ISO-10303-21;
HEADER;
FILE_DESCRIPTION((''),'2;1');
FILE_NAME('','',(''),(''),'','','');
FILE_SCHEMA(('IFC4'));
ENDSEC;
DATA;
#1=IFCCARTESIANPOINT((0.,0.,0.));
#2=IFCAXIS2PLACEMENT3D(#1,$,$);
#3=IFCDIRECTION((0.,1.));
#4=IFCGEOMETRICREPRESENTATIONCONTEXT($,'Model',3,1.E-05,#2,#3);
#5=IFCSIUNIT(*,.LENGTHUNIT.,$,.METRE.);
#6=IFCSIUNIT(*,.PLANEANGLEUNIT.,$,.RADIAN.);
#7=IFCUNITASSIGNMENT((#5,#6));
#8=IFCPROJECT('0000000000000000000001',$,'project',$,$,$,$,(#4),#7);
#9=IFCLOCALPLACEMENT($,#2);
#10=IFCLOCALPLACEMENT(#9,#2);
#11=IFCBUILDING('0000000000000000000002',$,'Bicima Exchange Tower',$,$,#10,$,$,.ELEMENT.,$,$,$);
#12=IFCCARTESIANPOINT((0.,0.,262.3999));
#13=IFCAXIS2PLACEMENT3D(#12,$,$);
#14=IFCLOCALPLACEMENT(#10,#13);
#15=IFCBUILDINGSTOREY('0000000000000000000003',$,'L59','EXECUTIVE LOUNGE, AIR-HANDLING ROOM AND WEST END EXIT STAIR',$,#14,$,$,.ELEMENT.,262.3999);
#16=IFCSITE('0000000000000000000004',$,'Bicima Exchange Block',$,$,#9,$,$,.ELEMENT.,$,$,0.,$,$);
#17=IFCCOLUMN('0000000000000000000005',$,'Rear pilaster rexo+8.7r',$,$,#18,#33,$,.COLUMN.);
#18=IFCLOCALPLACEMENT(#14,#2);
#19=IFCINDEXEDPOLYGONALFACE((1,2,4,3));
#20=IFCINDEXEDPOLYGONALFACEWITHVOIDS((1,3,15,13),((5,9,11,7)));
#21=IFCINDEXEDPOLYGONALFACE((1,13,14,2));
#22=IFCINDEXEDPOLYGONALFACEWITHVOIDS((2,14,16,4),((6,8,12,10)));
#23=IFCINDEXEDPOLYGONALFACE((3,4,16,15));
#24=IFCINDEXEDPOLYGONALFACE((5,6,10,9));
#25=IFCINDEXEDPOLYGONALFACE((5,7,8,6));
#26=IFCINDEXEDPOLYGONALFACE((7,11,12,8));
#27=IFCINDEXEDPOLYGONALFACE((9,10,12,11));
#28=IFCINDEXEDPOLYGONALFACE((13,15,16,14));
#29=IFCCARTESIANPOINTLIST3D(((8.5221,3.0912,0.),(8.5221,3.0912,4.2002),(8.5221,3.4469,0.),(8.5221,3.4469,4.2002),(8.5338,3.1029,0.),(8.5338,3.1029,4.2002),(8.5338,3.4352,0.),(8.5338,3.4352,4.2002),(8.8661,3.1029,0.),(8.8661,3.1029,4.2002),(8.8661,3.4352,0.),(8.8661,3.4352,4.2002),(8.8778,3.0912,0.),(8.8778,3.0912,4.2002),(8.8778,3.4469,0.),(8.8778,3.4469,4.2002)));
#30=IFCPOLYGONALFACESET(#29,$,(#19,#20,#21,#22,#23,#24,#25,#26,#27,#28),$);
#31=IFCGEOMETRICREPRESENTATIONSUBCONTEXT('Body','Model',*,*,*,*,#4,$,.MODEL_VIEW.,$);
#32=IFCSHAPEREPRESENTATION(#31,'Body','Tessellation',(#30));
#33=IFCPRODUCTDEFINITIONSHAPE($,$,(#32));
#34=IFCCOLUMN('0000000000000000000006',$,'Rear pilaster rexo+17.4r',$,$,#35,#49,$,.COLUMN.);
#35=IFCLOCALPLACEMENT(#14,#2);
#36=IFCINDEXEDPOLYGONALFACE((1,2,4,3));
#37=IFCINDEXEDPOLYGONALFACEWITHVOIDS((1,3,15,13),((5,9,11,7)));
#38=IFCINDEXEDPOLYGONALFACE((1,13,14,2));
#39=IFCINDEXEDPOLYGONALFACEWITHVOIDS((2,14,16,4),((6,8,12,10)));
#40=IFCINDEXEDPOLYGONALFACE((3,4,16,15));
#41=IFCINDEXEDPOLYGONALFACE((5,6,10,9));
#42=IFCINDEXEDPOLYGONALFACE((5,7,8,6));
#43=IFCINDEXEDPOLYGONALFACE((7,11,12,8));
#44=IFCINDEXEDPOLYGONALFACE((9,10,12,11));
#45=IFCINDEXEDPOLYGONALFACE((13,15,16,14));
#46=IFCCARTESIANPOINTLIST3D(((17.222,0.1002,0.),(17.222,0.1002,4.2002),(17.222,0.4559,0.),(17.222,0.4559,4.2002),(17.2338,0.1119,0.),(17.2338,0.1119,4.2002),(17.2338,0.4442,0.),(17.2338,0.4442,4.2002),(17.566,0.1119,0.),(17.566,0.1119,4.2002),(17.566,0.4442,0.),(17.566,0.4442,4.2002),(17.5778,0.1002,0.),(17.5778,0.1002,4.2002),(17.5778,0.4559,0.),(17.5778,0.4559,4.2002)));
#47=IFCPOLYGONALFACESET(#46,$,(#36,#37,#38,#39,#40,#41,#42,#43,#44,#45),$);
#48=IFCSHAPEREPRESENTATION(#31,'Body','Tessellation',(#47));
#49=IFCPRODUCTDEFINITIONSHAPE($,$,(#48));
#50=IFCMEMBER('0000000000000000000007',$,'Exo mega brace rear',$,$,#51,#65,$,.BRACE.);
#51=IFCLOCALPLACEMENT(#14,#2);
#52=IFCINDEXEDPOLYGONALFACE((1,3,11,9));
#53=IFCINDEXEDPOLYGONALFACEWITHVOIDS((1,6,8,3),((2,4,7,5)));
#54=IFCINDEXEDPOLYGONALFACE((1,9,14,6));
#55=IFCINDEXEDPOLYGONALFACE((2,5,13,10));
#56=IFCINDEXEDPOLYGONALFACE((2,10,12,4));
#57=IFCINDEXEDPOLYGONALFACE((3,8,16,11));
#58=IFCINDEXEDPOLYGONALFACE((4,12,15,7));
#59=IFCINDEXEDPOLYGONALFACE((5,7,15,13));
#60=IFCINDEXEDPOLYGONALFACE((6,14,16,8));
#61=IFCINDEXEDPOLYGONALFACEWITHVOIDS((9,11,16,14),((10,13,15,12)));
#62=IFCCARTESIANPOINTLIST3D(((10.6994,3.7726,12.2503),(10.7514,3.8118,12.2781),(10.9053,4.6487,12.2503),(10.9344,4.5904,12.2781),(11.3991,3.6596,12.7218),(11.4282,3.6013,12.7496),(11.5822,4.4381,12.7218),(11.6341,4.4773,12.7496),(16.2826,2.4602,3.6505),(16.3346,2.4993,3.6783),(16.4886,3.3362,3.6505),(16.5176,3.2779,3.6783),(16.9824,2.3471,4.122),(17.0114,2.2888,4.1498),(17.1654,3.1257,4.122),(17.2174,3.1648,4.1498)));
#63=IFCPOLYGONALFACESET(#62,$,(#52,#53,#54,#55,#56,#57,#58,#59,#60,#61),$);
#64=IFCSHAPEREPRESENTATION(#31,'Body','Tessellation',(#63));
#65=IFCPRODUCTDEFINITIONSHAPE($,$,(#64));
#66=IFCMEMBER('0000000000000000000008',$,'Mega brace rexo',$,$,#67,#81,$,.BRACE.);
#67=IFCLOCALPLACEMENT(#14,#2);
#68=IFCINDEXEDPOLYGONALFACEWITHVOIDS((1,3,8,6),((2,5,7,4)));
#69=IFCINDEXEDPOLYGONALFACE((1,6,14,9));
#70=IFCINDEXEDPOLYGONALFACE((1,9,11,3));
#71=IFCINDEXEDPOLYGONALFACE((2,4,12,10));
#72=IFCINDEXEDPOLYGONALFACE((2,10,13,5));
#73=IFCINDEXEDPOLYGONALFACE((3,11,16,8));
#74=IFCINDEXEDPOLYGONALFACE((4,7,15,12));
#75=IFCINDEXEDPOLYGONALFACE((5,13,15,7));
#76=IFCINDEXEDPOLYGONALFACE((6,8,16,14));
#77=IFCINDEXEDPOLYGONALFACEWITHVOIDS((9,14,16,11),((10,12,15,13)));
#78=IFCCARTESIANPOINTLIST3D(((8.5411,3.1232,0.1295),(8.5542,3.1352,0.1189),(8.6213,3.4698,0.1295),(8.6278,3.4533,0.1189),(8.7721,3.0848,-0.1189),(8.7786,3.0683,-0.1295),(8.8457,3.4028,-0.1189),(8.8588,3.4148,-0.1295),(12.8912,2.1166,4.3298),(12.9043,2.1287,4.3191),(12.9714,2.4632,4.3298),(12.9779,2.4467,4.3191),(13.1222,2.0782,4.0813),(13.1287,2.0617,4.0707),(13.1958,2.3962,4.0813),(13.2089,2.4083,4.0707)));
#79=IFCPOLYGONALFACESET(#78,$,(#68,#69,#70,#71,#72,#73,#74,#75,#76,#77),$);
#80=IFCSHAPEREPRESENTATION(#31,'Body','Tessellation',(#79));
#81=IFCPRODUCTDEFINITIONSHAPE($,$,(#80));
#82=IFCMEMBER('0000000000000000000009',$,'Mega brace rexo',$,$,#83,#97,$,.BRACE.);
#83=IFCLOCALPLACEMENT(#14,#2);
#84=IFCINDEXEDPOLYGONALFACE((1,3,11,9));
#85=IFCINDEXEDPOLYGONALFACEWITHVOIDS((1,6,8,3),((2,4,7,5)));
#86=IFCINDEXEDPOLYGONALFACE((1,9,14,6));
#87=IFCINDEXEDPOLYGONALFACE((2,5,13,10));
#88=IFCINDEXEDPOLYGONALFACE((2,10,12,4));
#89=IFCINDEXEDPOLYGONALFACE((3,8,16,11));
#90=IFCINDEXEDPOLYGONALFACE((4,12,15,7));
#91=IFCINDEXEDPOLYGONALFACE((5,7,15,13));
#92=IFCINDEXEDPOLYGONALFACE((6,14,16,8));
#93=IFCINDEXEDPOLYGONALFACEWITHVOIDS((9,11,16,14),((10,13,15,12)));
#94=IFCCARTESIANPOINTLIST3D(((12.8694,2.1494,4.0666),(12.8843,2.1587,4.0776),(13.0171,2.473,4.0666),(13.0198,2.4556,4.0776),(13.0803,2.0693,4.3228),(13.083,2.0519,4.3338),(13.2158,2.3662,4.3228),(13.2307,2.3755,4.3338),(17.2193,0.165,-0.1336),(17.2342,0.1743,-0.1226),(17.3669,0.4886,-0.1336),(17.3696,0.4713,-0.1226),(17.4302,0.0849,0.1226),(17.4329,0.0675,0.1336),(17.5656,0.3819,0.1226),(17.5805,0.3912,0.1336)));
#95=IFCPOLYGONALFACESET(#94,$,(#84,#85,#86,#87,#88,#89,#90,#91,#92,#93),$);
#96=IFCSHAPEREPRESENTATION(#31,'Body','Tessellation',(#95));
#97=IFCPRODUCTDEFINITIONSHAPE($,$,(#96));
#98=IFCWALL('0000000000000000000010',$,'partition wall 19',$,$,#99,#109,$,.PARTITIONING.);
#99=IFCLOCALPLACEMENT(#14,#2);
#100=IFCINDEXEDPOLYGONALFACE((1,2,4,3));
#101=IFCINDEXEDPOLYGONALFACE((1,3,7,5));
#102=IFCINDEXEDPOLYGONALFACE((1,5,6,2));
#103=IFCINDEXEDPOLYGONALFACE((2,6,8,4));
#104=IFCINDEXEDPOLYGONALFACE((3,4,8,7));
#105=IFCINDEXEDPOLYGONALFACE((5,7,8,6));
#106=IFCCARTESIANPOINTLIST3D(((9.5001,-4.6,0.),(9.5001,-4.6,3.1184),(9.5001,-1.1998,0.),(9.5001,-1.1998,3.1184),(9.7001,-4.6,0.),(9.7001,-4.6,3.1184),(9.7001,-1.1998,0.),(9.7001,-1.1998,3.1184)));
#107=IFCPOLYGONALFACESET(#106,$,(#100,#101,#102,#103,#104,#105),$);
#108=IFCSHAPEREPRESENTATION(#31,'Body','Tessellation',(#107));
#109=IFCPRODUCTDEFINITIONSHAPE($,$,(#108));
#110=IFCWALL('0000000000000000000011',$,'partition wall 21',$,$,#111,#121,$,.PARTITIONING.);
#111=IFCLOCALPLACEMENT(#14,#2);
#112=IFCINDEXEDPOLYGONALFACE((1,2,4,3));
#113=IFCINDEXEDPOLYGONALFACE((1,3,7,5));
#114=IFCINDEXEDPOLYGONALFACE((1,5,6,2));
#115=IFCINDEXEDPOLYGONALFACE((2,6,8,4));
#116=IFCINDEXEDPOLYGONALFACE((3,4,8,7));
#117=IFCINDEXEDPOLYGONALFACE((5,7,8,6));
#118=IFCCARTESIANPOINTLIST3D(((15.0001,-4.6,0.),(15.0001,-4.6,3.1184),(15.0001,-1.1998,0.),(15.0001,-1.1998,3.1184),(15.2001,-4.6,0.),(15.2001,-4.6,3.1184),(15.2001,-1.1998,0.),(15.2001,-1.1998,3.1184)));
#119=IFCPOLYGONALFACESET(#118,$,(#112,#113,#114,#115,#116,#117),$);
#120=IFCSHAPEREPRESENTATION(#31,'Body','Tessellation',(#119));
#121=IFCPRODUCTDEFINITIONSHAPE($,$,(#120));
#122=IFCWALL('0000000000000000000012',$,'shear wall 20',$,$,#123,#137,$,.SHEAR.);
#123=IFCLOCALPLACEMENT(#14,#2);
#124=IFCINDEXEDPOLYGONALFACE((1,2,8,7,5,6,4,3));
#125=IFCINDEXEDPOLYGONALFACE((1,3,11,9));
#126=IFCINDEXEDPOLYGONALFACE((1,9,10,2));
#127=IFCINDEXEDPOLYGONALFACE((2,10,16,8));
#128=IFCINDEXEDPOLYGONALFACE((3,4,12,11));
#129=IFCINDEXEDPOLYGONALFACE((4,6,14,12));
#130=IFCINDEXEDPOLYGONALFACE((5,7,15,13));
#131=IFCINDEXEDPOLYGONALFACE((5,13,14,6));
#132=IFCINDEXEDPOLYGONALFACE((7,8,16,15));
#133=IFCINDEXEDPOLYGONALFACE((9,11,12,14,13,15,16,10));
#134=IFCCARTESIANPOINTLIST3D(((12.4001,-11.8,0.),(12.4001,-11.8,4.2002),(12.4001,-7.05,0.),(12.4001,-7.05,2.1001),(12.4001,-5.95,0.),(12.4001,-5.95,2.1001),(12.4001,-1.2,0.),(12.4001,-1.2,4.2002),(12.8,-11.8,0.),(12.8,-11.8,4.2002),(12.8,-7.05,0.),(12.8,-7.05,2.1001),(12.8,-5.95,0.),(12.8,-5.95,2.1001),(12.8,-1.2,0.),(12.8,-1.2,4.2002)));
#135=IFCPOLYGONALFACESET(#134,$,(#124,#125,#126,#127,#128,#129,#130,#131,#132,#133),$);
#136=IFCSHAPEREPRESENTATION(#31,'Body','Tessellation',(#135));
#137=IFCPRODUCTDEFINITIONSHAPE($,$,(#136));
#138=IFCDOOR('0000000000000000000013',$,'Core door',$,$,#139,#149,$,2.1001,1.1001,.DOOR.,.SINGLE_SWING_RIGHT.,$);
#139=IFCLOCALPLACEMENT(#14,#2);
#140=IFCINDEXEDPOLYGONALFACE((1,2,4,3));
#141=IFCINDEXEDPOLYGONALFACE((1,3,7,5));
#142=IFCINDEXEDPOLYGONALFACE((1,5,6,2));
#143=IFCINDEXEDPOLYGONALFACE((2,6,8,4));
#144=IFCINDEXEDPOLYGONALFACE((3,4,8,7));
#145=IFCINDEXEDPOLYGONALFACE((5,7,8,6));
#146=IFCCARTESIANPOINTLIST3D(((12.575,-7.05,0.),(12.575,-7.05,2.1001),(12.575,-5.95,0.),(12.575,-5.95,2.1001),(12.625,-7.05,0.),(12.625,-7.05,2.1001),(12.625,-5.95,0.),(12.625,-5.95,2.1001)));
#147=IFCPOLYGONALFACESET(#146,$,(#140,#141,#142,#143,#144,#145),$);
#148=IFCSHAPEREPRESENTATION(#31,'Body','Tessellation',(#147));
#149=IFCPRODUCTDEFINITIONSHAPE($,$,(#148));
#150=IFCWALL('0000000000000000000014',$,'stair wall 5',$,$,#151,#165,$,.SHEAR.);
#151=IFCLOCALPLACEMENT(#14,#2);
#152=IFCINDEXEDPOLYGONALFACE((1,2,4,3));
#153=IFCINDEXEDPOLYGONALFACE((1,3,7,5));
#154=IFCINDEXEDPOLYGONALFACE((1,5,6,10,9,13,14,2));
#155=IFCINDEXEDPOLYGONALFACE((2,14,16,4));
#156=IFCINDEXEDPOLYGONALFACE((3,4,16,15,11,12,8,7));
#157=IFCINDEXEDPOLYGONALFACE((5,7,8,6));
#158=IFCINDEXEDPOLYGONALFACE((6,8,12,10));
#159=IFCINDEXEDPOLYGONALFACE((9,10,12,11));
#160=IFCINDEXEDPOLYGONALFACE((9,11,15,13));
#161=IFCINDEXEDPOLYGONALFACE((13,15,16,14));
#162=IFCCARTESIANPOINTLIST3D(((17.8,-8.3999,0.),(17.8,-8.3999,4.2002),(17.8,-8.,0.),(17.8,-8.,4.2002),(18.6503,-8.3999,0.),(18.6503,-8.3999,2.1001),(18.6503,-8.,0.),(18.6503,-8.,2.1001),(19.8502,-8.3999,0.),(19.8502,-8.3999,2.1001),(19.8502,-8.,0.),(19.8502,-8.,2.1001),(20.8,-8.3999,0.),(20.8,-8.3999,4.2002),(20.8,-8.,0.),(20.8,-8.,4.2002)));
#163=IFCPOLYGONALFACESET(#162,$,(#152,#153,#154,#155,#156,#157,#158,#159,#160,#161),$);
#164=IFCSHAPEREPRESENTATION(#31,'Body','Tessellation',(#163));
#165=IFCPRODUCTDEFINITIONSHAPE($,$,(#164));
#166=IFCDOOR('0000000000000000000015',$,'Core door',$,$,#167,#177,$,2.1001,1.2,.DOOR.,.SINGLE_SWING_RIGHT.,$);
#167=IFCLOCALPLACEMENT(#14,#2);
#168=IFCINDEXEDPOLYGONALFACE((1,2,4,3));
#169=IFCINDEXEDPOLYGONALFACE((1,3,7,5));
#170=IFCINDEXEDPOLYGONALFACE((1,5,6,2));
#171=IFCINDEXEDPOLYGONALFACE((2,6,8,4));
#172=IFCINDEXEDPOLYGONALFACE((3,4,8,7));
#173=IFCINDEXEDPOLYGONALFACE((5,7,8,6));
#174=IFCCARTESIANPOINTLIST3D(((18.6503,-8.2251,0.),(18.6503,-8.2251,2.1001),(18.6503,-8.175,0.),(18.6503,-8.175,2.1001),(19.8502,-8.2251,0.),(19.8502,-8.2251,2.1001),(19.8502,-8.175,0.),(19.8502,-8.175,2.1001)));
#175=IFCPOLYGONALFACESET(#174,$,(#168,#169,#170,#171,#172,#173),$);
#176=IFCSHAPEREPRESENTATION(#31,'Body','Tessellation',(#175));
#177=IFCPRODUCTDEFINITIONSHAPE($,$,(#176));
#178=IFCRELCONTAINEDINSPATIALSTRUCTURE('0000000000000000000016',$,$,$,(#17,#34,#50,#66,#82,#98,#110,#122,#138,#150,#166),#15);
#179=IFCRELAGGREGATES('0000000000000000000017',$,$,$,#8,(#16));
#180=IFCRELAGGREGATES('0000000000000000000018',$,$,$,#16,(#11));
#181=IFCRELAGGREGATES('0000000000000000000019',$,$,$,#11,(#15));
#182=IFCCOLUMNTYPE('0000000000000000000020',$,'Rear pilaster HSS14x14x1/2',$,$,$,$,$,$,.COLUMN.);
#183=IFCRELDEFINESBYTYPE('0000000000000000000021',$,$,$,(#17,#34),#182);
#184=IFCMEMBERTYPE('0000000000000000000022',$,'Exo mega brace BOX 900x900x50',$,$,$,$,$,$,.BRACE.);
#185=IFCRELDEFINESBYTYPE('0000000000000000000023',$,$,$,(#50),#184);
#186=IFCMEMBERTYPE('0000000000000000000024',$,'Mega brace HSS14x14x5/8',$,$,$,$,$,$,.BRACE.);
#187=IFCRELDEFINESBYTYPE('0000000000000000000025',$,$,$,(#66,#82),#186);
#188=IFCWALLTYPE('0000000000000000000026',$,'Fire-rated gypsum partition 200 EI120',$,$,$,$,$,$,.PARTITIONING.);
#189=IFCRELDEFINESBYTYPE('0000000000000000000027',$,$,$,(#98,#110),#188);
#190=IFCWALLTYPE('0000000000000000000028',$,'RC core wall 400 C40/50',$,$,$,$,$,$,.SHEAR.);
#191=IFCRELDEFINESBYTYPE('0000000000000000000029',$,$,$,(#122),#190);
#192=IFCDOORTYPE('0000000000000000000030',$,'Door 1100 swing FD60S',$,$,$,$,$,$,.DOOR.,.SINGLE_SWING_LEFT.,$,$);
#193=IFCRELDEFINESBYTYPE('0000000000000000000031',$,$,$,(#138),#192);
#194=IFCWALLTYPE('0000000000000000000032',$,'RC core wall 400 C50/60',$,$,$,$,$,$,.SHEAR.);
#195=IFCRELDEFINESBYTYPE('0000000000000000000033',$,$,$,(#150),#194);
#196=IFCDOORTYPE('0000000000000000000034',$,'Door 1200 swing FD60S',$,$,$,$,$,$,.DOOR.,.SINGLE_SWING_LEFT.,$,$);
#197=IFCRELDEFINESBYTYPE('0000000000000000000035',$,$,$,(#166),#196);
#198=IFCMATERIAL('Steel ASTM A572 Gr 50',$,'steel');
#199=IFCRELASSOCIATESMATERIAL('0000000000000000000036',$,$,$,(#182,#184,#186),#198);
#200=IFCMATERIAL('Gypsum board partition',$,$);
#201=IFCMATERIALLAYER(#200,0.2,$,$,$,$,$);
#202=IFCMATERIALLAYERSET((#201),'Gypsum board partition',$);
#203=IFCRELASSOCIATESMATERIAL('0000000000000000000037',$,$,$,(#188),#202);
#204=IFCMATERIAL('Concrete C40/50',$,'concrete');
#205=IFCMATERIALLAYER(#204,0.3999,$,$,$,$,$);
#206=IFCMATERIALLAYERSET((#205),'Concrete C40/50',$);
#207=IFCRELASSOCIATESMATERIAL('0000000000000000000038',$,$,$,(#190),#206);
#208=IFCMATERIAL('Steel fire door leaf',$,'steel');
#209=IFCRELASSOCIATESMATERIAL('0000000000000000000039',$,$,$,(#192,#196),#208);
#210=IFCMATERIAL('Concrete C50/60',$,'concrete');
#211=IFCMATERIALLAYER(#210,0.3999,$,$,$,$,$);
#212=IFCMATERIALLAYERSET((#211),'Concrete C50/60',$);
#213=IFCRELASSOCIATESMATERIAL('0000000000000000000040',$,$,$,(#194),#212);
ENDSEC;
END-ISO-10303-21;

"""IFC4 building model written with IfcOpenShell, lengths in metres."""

from ifc_helpers import new_model, si_unit, direction, frame, frame_2d, origin, origin_2d, place, context, subcontext, project, spatial, rectangle, hollow_rectangle, extrude, material, layer, layer_set, material_profile, profile_set, type_object, element, fill, save


model = new_model("IFC4")

# Units and contexts
model_context = context("Model", 3, precision=1e-05, world=origin(), true_north=direction((0.0, 1.0)))
body_context = subcontext(model_context, "Body", "Model", "MODEL_VIEW")
ifc_project = project(units=[si_unit("LENGTHUNIT", "METRE"), si_unit("PLANEANGLEUNIT", "RADIAN")], contexts=[model_context])

# Site, building, storey
site_placement = place(None, origin())
site = spatial("IfcSite", under=ifc_project, at=site_placement, Name="Bicima Exchange Block", CompositionType="ELEMENT", RefElevation=0.0)
building_placement = place(site_placement, origin())
building = spatial("IfcBuilding", under=site, at=building_placement, Name="Bicima Exchange Tower", CompositionType="ELEMENT")
storey_placement = place(building_placement, frame((0.0, 0.0, 262.3999)))
storey = spatial("IfcBuildingStorey", under=building, at=storey_placement, Name="L59", Description="EXECUTIVE LOUNGE, AIR-HANDLING ROOM AND WEST END EXIT STAIR", CompositionType="ELEMENT", Elevation=262.3999)

# Columns
ifc_material_1 = material(Name="Steel ASTM A572 Gr 50", Category="steel")
ifc_material_profile_1 = material_profile(ifc_material_1, hollow_rectangle(XDim=0.3557, YDim=0.3557, WallThickness=0.0117, at=origin_2d()))
ifc_profile_set_1 = profile_set([ifc_material_profile_1], Name="Steel ASTM A572 Gr 50")
column_type = type_object("IfcColumnType", Name="Rear pilaster HSS14x14x1/2", PredefinedType="COLUMN", material=ifc_profile_set_1)
for number, where, z_axis, x_axis, name in (
    (1, (8.7, 3.269, 0.0), (0.0, 0.0, 1.0), (1.0, 0.0, 0.0), "Rear pilaster rexo+8.7r"),
    (2, (17.3999, 0.2781, 0.0), (0.0, 0.0, 1.0), (1.0, 0.0, 0.0), "Rear pilaster rexo+17.4r"),
):
    element("IfcColumn", number, at=place(storey_placement, frame(where, z_axis=z_axis, x_axis=x_axis)), inside=storey, type_object=column_type, Name=name, PredefinedType="COLUMN", context=body_context, shape_type="SweptSolid", body=[
        extrude(hollow_rectangle(XDim=0.3557, YDim=0.3557, WallThickness=0.0117, at=origin_2d()), origin(), (0.0, 0.0, 1.0), 4.2002),
    ])

# Members
ifc_material_profile_2 = material_profile(ifc_material_1, hollow_rectangle(XDim=0.8999, YDim=0.8999, WallThickness=0.05, at=origin_2d()))
ifc_profile_set_2 = profile_set([ifc_material_profile_2], Name="Steel ASTM A572 Gr 50")
member_type_1 = type_object("IfcMemberType", Name="Exo mega brace BOX 900x900x50", PredefinedType="BRACE", material=ifc_profile_set_2)
member_1_placement = place(storey_placement, frame((16.75, 2.8125, 3.9001), z_axis=(-0.540125, 0.126972, 0.831952), x_axis=(-0.22884, -0.973464, 0.0)))
element("IfcMember", 3, at=member_1_placement, inside=storey, type_object=member_type_1, Name="Exo mega brace rear", PredefinedType="BRACE", context=body_context, shape_type="SweptSolid", body=[
    extrude(hollow_rectangle(XDim=0.8999, YDim=0.8999, WallThickness=0.05, at=origin_2d()), origin(), (0.0, 0.0, 1.0), 10.3369),
])
ifc_material_profile_3 = material_profile(ifc_material_1, hollow_rectangle(XDim=0.3557, YDim=0.3557, WallThickness=0.0146, at=origin_2d()))
ifc_profile_set_3 = profile_set([ifc_material_profile_3], Name="Steel ASTM A572 Gr 50")
member_type_2 = type_object("IfcMemberType", Name="Mega brace HSS14x14x5/8", PredefinedType="BRACE", material=ifc_profile_set_3)
member_2_placement = place(storey_placement, frame((8.7, 3.269, 0.0), z_axis=(0.709628, -0.164205, 0.685175), x_axis=(0.225439, 0.974257, 0.0)))
element("IfcMember", 4, at=member_2_placement, inside=storey, type_object=member_type_2, Name="Mega brace rexo", PredefinedType="BRACE", context=body_context, shape_type="SweptSolid", body=[
    extrude(hollow_rectangle(XDim=0.3557, YDim=0.3557, WallThickness=0.0146, at=origin_2d()), origin(), (0.0, 0.0, 1.0), 6.1301),
])
member_3_placement = place(storey_placement, frame((17.3999, 0.2781, 0.0), z_axis=(-0.683508, 0.311812, 0.659992), x_axis=(-0.415045, -0.909801, 0.0)))
element("IfcMember", 5, at=member_3_placement, inside=storey, type_object=member_type_2, Name="Mega brace rexo", PredefinedType="BRACE", context=body_context, shape_type="SweptSolid", body=[
    extrude(hollow_rectangle(XDim=0.3557, YDim=0.3557, WallThickness=0.0146, at=origin_2d()), origin(), (0.0, 0.0, 1.0), 6.364),
])

# Walls
ifc_material_2 = material(Name="Gypsum board partition")
ifc_layer_1 = layer(ifc_material_2, 0.2)
ifc_layer_set_1 = layer_set([ifc_layer_1], Name="Gypsum board partition")
wall_type_1 = type_object("IfcWallType", Name="Fire-rated gypsum partition 200 EI120", PredefinedType="PARTITIONING", material=ifc_layer_set_1)
for number, where, z_axis, x_axis, name in (
    (6, (9.6001, -4.6001, 0.0), (0.0, 0.0, 1.0), (0.0, 1.0, 0.0), "partition wall 19"),
    (7, (15.1001, -4.6001, 0.0), (0.0, 0.0, 1.0), (0.0, 1.0, 0.0), "partition wall 21"),
):
    element("IfcWall", number, at=place(storey_placement, frame(where, z_axis=z_axis, x_axis=x_axis)), inside=storey, type_object=wall_type_1, Name=name, PredefinedType="PARTITIONING", context=body_context, shape_type="SweptSolid", body=[
        extrude(rectangle(XDim=3.4001, YDim=0.2, at=frame_2d((1.7002, 0.0))), origin(), (0.0, 0.0, 1.0), 3.1184),
    ])

# Walls, openings, doors
ifc_material_3 = material(Name="Concrete C40/50", Category="concrete")
ifc_layer_2 = layer(ifc_material_3, 0.3999)
ifc_layer_set_2 = layer_set([ifc_layer_2], Name="Concrete C40/50")
wall_type_2 = type_object("IfcWallType", Name="RC core wall 400 C40/50", PredefinedType="SHEAR", material=ifc_layer_set_2)
wall_1_placement = place(storey_placement, frame((12.6001, -11.8, 0.0), z_axis=(0.0, 0.0, 1.0), x_axis=(0.0, 1.0, 0.0)))
wall_1 = element("IfcWall", 8, at=wall_1_placement, inside=storey, type_object=wall_type_2, Name="shear wall 20", PredefinedType="SHEAR", context=body_context, shape_type="SweptSolid", body=[
    extrude(rectangle(XDim=10.6001, YDim=0.3999, at=frame_2d((5.3, 0.0))), origin(), (0.0, 0.0, 1.0), 4.2002),
])
opening_1_placement = place(wall_1_placement, frame((4.75, 0.0, 0.0)))
opening_1 = element("IfcOpeningElement", 9, at=opening_1_placement, cuts=wall_1, PredefinedType="OPENING", context=body_context, shape_type="SweptSolid", body=[
    extrude(rectangle(XDim=1.1001, YDim=2.1001, at=frame_2d((0.55, 1.05))), frame((0.0, 0.2119, 0.0), z_axis=(0.0, -1.0, 0.0), x_axis=(1.0, 0.0, 0.0)), (0.0, 0.0, 1.0), 0.4238),
])
ifc_material_4 = material(Name="Steel fire door leaf", Category="steel")
door_type_1 = type_object("IfcDoorType", Name="Door 1100 swing FD60S", OperationType="SINGLE_SWING_LEFT", PredefinedType="DOOR", material=ifc_material_4)
door_1_placement = place(opening_1_placement, frame((1.1001, 0.0, 0.0), z_axis=(0.0, 0.0, 1.0), x_axis=(-1.0, 0.0, 0.0)))
door_1 = element("IfcDoor", 10, at=door_1_placement, inside=storey, type_object=door_type_1, Name="Core door", OperationType="SINGLE_SWING_RIGHT", OverallHeight=2.1001, OverallWidth=1.1001, PredefinedType="DOOR", context=body_context, shape_type="SweptSolid", body=[
    extrude(rectangle(XDim=1.1001, YDim=2.1001, at=frame_2d((0.55, 1.05))), frame((0.0, 0.0249, 0.0), z_axis=(0.0, -1.0, 0.0), x_axis=(1.0, 0.0, 0.0)), (0.0, 0.0, 1.0), 0.05),
])
fill(opening_1, door_1)
ifc_material_5 = material(Name="Concrete C50/60", Category="concrete")
ifc_layer_3 = layer(ifc_material_5, 0.3999)
ifc_layer_set_3 = layer_set([ifc_layer_3], Name="Concrete C50/60")
wall_type_3 = type_object("IfcWallType", Name="RC core wall 400 C50/60", PredefinedType="SHEAR", material=ifc_layer_set_3)
wall_2_placement = place(storey_placement, frame((17.8, -8.2, 0.0), z_axis=(0.0, 0.0, 1.0), x_axis=(1.0, 0.0, 0.0)))
wall_2 = element("IfcWall", 11, at=wall_2_placement, inside=storey, type_object=wall_type_3, Name="stair wall 5", PredefinedType="SHEAR", context=body_context, shape_type="SweptSolid", body=[
    extrude(rectangle(XDim=3.0, YDim=0.3999, at=frame_2d((1.5, 0.0))), origin(), (0.0, 0.0, 1.0), 4.2002),
])
opening_2_placement = place(wall_2_placement, frame((0.8501, 0.0, 0.0)))
opening_2 = element("IfcOpeningElement", 12, at=opening_2_placement, cuts=wall_2, PredefinedType="OPENING", context=body_context, shape_type="SweptSolid", body=[
    extrude(rectangle(XDim=1.2, YDim=2.1001, at=frame_2d((0.6001, 1.05))), frame((0.0, 0.2119, 0.0), z_axis=(0.0, -1.0, 0.0), x_axis=(1.0, 0.0, 0.0)), (0.0, 0.0, 1.0), 0.4238),
])
door_type_2 = type_object("IfcDoorType", Name="Door 1200 swing FD60S", OperationType="SINGLE_SWING_LEFT", PredefinedType="DOOR", material=ifc_material_4)
door_2_placement = place(opening_2_placement, origin())
door_2 = element("IfcDoor", 13, at=door_2_placement, inside=storey, type_object=door_type_2, Name="Core door", OperationType="SINGLE_SWING_RIGHT", OverallHeight=2.1001, OverallWidth=1.2, PredefinedType="DOOR", context=body_context, shape_type="SweptSolid", body=[
    extrude(rectangle(XDim=1.2, YDim=2.1001, at=frame_2d((0.6001, 1.05))), frame((0.0, 0.0249, 0.0), z_axis=(0.0, -1.0, 0.0), x_axis=(1.0, 0.0, 0.0)), (0.0, 0.0, 1.0), 0.05),
])
fill(opening_2, door_2)

save(model, "model.ifc")
